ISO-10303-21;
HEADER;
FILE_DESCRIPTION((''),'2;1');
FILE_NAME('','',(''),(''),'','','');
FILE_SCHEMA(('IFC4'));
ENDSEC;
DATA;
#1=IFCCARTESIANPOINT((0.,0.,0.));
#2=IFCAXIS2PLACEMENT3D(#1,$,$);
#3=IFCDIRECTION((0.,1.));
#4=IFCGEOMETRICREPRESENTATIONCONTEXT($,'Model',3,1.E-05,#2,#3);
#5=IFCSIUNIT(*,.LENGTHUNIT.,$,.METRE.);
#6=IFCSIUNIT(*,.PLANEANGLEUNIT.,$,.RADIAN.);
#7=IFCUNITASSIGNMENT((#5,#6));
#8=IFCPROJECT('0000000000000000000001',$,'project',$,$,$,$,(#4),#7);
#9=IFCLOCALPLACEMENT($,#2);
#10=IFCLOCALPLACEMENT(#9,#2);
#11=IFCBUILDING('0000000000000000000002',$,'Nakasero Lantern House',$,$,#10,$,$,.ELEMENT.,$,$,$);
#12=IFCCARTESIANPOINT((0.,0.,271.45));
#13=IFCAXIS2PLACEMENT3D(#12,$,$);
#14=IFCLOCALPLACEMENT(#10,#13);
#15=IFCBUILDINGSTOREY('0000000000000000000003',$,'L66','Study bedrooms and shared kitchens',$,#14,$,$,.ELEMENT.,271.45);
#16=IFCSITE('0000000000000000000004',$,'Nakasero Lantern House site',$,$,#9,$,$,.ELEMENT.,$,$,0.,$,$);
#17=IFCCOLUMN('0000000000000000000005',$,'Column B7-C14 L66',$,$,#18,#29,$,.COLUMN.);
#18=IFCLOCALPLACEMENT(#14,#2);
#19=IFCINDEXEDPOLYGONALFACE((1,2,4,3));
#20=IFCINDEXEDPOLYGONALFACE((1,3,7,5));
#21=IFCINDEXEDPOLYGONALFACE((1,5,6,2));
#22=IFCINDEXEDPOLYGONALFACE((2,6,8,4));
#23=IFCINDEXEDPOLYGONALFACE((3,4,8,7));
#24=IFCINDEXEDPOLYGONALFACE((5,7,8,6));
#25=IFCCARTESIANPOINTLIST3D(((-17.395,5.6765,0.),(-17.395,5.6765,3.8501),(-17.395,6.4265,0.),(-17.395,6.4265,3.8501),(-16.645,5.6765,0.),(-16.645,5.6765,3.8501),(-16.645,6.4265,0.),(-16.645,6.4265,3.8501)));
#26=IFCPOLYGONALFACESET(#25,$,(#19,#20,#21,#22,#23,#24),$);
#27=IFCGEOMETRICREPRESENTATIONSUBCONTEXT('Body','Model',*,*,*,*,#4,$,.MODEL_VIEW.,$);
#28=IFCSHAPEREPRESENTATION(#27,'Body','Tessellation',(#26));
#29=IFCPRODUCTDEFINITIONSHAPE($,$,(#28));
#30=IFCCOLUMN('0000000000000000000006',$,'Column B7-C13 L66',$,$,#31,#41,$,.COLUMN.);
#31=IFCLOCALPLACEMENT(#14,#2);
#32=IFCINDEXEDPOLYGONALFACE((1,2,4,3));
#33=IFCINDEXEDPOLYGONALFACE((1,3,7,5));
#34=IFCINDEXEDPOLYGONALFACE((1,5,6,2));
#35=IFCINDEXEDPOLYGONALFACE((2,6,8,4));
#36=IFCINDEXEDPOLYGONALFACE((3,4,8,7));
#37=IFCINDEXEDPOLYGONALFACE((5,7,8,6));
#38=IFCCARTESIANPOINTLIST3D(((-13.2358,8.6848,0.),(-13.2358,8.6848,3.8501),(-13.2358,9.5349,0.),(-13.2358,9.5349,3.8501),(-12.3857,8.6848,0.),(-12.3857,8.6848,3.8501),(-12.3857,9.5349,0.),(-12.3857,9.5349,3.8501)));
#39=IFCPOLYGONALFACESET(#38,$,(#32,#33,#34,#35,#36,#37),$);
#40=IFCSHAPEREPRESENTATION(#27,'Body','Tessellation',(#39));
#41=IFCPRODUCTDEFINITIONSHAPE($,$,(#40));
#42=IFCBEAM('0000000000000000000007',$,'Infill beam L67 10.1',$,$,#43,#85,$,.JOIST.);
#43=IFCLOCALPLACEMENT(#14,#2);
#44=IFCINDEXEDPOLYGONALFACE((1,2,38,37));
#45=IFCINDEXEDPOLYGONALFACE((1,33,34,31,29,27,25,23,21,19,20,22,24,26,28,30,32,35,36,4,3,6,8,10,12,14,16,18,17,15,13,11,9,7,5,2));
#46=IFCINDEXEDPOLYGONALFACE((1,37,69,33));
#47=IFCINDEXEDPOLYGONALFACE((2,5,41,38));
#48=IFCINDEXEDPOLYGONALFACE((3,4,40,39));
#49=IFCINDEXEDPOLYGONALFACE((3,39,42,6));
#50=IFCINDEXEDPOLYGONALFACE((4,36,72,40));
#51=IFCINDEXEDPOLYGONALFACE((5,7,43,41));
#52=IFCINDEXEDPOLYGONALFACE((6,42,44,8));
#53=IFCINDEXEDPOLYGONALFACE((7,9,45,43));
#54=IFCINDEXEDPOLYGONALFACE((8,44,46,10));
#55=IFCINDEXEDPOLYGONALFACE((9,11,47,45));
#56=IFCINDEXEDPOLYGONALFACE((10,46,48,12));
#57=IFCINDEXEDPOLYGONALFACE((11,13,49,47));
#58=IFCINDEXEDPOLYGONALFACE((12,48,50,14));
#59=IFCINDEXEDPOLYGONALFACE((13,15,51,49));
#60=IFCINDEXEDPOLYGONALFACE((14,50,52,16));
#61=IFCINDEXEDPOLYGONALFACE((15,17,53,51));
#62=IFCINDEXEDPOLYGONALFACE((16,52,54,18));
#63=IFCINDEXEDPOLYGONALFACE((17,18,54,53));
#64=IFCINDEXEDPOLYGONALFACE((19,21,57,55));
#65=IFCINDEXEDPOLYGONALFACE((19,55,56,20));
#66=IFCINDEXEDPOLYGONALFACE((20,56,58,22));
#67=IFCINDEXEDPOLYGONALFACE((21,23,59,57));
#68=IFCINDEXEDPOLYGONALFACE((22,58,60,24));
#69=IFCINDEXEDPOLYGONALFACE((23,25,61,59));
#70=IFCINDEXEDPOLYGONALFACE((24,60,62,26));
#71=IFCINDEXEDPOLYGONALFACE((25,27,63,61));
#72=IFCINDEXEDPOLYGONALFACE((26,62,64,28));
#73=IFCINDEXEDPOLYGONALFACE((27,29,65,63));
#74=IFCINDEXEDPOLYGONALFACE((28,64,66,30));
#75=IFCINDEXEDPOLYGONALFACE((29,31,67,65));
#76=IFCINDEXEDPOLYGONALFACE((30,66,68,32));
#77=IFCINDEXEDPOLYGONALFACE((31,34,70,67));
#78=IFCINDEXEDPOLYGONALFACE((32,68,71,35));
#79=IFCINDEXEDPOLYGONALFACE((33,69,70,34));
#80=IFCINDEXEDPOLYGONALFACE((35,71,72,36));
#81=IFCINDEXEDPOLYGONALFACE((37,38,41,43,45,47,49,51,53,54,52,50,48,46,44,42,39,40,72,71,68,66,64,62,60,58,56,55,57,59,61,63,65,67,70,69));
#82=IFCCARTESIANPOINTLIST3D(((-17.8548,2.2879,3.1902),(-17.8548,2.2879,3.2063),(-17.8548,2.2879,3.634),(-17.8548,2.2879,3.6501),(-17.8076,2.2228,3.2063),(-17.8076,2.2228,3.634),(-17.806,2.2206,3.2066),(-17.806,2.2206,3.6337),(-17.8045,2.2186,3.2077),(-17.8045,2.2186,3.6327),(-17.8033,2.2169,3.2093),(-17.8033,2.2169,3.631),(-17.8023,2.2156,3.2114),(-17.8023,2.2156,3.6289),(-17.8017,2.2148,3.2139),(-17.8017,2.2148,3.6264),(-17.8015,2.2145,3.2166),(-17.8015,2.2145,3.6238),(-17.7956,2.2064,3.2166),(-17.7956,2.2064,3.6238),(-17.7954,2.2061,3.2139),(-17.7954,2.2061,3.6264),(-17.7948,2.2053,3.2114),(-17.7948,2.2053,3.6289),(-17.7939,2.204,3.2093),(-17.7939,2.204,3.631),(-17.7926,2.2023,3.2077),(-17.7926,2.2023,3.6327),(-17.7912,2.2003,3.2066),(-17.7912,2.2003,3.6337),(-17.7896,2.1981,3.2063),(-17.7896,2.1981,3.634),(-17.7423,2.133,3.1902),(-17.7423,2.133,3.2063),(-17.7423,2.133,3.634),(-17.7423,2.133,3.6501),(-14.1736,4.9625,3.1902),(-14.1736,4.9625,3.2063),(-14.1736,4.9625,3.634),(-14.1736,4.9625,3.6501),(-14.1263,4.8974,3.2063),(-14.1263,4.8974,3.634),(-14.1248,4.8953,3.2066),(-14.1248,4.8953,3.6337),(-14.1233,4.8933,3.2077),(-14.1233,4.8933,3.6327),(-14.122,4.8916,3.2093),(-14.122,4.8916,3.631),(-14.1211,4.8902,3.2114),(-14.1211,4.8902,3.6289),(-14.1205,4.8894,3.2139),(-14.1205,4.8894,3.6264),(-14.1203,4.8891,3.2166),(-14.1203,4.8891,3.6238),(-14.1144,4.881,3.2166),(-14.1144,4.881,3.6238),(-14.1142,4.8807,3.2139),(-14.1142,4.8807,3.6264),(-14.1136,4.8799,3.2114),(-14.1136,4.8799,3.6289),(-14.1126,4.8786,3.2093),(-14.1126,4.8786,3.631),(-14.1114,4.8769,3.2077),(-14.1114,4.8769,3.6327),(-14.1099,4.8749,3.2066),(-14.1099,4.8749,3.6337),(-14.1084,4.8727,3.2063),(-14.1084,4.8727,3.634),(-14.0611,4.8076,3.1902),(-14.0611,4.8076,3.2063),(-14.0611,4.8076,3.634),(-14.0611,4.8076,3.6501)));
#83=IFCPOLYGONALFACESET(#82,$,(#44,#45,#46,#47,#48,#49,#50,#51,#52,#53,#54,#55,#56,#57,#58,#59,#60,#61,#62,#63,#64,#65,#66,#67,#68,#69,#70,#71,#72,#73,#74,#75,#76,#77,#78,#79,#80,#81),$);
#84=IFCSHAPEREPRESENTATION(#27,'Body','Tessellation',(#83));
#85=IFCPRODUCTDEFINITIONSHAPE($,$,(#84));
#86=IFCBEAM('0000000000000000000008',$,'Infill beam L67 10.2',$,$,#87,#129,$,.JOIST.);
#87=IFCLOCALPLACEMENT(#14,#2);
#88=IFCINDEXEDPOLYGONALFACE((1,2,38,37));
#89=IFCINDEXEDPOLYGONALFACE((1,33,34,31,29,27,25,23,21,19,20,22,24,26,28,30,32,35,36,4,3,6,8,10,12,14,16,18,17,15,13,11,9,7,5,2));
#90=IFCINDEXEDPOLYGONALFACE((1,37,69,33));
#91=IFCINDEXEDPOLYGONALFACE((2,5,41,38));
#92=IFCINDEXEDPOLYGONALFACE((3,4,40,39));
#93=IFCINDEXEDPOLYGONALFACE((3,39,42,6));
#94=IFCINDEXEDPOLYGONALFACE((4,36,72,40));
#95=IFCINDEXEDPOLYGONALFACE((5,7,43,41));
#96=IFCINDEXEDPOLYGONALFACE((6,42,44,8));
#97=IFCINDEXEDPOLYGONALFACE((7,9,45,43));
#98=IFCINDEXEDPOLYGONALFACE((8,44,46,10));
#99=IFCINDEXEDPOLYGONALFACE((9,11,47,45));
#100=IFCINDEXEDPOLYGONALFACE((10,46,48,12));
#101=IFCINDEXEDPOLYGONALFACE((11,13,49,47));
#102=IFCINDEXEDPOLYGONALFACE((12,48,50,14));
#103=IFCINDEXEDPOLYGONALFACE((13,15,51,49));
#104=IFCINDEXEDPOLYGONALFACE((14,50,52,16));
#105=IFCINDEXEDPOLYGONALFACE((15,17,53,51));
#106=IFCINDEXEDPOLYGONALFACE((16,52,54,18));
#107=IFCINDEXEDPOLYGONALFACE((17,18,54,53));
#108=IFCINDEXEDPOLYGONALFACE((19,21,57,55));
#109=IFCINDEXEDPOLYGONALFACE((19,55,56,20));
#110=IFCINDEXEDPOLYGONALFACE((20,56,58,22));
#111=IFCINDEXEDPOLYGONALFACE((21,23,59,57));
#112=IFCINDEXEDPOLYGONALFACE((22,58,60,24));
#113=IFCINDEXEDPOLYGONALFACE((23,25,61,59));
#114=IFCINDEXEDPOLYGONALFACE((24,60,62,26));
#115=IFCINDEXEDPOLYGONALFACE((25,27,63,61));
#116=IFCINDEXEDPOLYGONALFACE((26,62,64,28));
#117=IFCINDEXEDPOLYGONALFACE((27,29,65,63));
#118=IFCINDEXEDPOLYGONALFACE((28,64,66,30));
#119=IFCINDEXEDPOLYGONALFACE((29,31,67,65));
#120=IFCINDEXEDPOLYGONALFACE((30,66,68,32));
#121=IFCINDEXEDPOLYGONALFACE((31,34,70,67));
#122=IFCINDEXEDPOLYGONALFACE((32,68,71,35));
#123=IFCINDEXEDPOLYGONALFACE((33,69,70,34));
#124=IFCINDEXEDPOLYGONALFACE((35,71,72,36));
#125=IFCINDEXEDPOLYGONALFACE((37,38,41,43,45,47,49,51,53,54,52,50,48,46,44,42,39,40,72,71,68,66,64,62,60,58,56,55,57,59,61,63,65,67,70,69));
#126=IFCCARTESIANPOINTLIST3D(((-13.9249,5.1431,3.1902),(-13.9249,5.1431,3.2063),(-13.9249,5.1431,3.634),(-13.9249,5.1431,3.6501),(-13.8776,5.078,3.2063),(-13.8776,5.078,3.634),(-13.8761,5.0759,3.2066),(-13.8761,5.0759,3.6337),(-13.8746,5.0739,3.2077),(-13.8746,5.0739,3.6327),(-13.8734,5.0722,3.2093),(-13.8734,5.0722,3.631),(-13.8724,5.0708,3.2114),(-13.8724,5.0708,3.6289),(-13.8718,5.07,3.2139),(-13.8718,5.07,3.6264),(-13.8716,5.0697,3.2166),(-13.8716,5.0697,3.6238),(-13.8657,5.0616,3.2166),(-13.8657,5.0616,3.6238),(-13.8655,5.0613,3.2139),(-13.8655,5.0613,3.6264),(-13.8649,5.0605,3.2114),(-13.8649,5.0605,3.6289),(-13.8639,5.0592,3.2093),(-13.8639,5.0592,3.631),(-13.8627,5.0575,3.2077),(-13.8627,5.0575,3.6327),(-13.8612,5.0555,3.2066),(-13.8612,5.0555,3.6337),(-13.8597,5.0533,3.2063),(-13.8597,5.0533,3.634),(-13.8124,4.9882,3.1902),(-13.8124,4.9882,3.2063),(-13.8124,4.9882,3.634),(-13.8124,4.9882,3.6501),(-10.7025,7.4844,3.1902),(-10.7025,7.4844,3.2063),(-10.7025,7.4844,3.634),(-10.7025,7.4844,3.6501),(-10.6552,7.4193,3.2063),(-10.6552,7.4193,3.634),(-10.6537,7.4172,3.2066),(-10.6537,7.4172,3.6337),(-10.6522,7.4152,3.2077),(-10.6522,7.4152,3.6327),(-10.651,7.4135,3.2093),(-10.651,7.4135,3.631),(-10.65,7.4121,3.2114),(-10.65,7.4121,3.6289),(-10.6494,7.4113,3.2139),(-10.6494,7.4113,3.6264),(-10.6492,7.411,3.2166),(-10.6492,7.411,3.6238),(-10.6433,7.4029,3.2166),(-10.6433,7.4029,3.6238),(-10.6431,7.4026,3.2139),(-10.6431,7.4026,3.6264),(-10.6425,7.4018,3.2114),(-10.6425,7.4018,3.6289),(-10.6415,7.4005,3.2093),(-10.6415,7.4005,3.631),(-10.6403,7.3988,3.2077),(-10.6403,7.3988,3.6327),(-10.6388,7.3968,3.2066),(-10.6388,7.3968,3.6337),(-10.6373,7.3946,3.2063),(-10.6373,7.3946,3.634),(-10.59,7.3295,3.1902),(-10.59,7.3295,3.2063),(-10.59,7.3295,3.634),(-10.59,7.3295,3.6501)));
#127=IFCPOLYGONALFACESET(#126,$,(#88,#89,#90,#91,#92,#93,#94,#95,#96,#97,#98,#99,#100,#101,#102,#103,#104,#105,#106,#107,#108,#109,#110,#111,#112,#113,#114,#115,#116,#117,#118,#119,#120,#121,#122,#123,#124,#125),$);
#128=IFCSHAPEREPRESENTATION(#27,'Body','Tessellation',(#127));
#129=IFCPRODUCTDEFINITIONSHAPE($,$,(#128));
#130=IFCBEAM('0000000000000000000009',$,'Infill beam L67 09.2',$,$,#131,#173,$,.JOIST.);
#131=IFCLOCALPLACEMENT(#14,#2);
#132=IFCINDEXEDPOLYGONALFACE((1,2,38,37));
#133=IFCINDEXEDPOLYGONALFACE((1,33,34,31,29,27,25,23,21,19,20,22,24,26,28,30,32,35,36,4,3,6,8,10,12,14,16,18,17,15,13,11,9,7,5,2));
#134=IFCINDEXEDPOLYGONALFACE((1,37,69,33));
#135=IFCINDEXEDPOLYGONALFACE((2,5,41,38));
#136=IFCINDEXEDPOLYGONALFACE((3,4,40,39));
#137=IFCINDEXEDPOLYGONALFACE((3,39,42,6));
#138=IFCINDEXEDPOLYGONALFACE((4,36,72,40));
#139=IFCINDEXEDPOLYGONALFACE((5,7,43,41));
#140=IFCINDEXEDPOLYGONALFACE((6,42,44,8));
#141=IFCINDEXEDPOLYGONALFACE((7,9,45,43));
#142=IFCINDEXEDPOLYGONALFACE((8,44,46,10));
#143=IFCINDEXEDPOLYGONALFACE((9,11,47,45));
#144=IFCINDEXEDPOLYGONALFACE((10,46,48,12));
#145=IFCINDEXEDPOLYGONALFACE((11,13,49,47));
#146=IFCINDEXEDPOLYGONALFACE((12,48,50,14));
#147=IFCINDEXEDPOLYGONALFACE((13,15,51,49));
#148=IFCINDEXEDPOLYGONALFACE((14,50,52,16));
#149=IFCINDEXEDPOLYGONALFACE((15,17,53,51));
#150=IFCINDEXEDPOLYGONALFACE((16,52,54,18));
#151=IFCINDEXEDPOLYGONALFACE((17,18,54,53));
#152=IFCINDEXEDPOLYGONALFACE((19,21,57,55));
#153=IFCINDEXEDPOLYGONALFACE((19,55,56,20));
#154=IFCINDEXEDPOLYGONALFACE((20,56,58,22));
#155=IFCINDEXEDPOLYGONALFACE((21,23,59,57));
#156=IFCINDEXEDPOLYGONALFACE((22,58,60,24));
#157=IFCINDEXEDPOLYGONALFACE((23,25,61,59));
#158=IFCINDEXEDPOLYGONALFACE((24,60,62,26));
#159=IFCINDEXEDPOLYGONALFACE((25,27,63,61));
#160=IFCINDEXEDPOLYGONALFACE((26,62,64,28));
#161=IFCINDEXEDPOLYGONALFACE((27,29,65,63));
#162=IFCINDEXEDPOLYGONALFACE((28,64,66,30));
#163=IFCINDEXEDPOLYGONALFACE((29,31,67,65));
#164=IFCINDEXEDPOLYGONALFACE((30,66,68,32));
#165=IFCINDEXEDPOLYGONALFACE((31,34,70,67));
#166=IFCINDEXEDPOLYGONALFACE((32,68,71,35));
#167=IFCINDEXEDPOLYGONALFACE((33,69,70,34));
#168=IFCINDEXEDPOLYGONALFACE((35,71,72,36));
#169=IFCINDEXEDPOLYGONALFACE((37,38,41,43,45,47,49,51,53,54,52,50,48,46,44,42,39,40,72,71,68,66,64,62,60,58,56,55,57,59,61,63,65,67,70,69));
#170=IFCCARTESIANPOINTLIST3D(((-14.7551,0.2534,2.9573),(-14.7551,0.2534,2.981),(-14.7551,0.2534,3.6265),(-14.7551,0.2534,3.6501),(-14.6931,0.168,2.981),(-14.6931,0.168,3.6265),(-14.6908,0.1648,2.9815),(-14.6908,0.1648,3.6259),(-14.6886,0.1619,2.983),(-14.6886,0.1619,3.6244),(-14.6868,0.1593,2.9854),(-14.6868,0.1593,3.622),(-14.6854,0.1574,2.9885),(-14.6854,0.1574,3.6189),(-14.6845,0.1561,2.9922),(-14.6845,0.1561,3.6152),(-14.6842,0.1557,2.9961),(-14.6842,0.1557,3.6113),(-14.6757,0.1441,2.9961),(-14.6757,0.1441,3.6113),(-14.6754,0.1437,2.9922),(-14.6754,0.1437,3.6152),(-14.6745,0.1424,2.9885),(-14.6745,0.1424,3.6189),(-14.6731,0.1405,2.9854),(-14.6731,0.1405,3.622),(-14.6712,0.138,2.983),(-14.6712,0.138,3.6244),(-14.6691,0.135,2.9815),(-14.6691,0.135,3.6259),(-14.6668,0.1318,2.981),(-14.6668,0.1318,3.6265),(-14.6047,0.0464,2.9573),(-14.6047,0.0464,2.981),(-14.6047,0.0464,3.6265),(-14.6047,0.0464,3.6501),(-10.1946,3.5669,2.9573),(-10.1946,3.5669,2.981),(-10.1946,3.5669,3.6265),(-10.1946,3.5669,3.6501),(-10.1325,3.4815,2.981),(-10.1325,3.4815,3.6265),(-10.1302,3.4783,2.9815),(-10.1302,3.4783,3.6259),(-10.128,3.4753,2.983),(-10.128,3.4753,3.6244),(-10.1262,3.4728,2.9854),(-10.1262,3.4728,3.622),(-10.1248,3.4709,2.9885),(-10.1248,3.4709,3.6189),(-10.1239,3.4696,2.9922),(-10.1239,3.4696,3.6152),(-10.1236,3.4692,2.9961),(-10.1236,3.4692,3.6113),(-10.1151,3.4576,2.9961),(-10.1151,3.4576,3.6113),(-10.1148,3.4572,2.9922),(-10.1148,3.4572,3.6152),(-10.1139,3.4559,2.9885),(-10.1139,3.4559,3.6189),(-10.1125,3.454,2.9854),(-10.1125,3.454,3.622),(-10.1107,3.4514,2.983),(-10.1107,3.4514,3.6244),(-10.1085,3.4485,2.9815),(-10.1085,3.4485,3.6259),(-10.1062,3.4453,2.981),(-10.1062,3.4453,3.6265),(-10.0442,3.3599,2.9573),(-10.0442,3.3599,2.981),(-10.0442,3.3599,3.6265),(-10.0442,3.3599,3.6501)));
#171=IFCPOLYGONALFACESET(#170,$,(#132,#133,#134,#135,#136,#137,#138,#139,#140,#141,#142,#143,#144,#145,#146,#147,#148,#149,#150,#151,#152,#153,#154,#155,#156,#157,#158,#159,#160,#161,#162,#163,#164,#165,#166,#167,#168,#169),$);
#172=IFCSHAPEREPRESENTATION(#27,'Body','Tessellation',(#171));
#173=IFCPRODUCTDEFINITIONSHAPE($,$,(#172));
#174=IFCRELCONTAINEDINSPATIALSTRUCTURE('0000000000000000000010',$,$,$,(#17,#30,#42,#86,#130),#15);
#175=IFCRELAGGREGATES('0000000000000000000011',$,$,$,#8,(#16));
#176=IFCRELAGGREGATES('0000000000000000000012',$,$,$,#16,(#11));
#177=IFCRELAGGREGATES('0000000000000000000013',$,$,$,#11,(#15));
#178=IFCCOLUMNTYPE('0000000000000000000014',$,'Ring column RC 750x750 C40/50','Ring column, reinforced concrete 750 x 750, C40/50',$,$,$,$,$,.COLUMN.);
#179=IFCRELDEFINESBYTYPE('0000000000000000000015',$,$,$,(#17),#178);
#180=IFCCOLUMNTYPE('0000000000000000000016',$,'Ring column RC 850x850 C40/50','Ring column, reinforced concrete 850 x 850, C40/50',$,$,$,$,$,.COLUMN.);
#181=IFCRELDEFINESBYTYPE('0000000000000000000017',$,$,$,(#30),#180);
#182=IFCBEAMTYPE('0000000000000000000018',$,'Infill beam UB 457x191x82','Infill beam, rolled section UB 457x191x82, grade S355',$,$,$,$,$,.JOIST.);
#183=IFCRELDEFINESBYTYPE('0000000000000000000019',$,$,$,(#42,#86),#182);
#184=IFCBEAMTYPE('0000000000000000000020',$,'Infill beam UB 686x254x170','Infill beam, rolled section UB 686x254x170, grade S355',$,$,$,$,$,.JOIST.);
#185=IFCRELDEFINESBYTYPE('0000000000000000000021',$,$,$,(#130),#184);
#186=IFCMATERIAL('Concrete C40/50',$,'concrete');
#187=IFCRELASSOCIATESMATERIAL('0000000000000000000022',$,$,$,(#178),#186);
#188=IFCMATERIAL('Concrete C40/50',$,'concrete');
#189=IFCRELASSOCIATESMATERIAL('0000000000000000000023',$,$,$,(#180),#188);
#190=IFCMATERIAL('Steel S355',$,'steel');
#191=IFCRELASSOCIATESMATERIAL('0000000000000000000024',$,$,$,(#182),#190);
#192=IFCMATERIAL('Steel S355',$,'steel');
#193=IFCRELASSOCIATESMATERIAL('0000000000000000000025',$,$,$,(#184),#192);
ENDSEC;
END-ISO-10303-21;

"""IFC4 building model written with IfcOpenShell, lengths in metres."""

from ifc_helpers import new_model, si_unit, direction, frame, origin, origin_2d, place, context, subcontext, project, spatial, rectangle, i_section, extrude, material, material_profile, profile_set, type_object, element, save


model = new_model("IFC4")

# Units and contexts
model_context = context("Model", 3, precision=1e-05, world=origin(), true_north=direction((0.0, 1.0)))
body_context = subcontext(model_context, "Body", "Model", "MODEL_VIEW")
ifc_project = project(units=[si_unit("LENGTHUNIT", "METRE"), si_unit("PLANEANGLEUNIT", "RADIAN")], contexts=[model_context])

# Site, building, storey
site_placement = place(None, origin())
site = spatial("IfcSite", under=ifc_project, at=site_placement, Name="Nakasero Lantern House site", CompositionType="ELEMENT", RefElevation=0.0)
building_placement = place(site_placement, origin())
building = spatial("IfcBuilding", under=site, at=building_placement, Name="Nakasero Lantern House", CompositionType="ELEMENT")
storey_placement = place(building_placement, frame((0.0, 0.0, 271.45)))
storey = spatial("IfcBuildingStorey", under=building, at=storey_placement, Name="L66", Description="Study bedrooms and shared kitchens", CompositionType="ELEMENT", Elevation=271.45)

# Columns
ifc_material_1 = material(Name="Concrete C40/50", Category="concrete")
ifc_material_profile_1 = material_profile(ifc_material_1, rectangle(XDim=0.75, YDim=0.75, at=origin_2d()), Name="RC 750x750")
ifc_profile_set_1 = profile_set([ifc_material_profile_1], Name="Concrete C40/50")
column_type_1 = type_object("IfcColumnType", Name="Ring column RC 750x750 C40/50", Description="Ring column, reinforced concrete 750 x 750, C40/50", PredefinedType="COLUMN", material=ifc_profile_set_1)
column_1_placement = place(storey_placement, frame((-17.02, 6.0515, 0.0), z_axis=(0.0, 0.0, 1.0), x_axis=(1.0, 0.0, 0.0)))
element("IfcColumn", 1, at=column_1_placement, inside=storey, type_object=column_type_1, Name="Column B7-C14 L66", PredefinedType="COLUMN", context=body_context, shape_type="SweptSolid", body=[
    extrude(rectangle(XDim=0.75, YDim=0.75, at=origin_2d()), origin(), (0.0, 0.0, 1.0), 3.8501),
])
ifc_material_2 = material(Name="Concrete C40/50", Category="concrete")
ifc_material_profile_2 = material_profile(ifc_material_2, rectangle(XDim=0.8501, YDim=0.8501, at=origin_2d()), Name="RC 850x850")
ifc_profile_set_2 = profile_set([ifc_material_profile_2], Name="Concrete C40/50")
column_type_2 = type_object("IfcColumnType", Name="Ring column RC 850x850 C40/50", Description="Ring column, reinforced concrete 850 x 850, C40/50", PredefinedType="COLUMN", material=ifc_profile_set_2)
column_2_placement = place(storey_placement, frame((-12.8108, 9.1099, 0.0), z_axis=(0.0, 0.0, 1.0), x_axis=(1.0, 0.0, 0.0)))
element("IfcColumn", 2, at=column_2_placement, inside=storey, type_object=column_type_2, Name="Column B7-C13 L66", PredefinedType="COLUMN", context=body_context, shape_type="SweptSolid", body=[
    extrude(rectangle(XDim=0.8501, YDim=0.8501, at=origin_2d()), origin(), (0.0, 0.0, 1.0), 3.8501),
])

# Beams
ifc_material_3 = material(Name="Steel S355", Category="steel")
ifc_material_profile_3 = material_profile(ifc_material_3, i_section(OverallWidth=0.1914, OverallDepth=0.46, WebThickness=0.01, FlangeThickness=0.0161, FilletRadius=0.0103, at=origin_2d()), Name="UB 457x191x82")
ifc_profile_set_3 = profile_set([ifc_material_profile_3], Name="Steel S355")
beam_type_1 = type_object("IfcBeamType", Name="Infill beam UB 457x191x82", Description="Infill beam, rolled section UB 457x191x82, grade S355", PredefinedType="JOIST", material=ifc_profile_set_3)
beam_1_placement = place(storey_placement, frame((-17.7986, 2.2104, 3.4202), z_axis=(0.809012, 0.587792, 0.0), x_axis=(-0.587792, 0.809012, 0.0)))
element("IfcBeam", 3, at=beam_1_placement, inside=storey, type_object=beam_type_1, Name="Infill beam L67 10.1", PredefinedType="JOIST", context=body_context, shape_type="SweptSolid", body=[
    extrude(i_section(OverallWidth=0.1914, OverallDepth=0.46, WebThickness=0.01, FlangeThickness=0.0161, FilletRadius=0.0103, at=origin_2d()), origin(), (0.0, 0.0, 1.0), 4.5503),
])
beam_2_placement = place(storey_placement, frame((-13.8687, 5.0657, 3.4202), z_axis=(0.809006, 0.5878, 0.0), x_axis=(-0.5878, 0.809006, 0.0)))
element("IfcBeam", 4, at=beam_2_placement, inside=storey, type_object=beam_type_1, Name="Infill beam L67 10.2", PredefinedType="JOIST", context=body_context, shape_type="SweptSolid", body=[
    extrude(i_section(OverallWidth=0.1914, OverallDepth=0.46, WebThickness=0.01, FlangeThickness=0.0161, FilletRadius=0.0103, at=origin_2d()), origin(), (0.0, 0.0, 1.0), 3.9832),
])
ifc_material_4 = material(Name="Steel S355", Category="steel")
ifc_material_profile_4 = material_profile(ifc_material_4, i_section(OverallWidth=0.2559, OverallDepth=0.6929, WebThickness=0.0144, FlangeThickness=0.0237, FilletRadius=0.0151, at=origin_2d()), Name="UB 686x254x170")
ifc_profile_set_4 = profile_set([ifc_material_profile_4], Name="Steel S355")
beam_type_2 = type_object("IfcBeamType", Name="Infill beam UB 686x254x170", Description="Infill beam, rolled section UB 686x254x170, grade S355", PredefinedType="JOIST", material=ifc_profile_set_4)
beam_3_placement = place(storey_placement, frame((-14.6799, 0.1499, 3.3037), z_axis=(0.809013, 0.587791, 0.0), x_axis=(-0.587791, 0.809013, 0.0)))
element("IfcBeam", 5, at=beam_3_placement, inside=storey, type_object=beam_type_2, Name="Infill beam L67 09.2", PredefinedType="JOIST", context=body_context, shape_type="SweptSolid", body=[
    extrude(i_section(OverallWidth=0.2559, OverallDepth=0.6929, WebThickness=0.0144, FlangeThickness=0.0237, FilletRadius=0.0151, at=origin_2d()), origin(), (0.0, 0.0, 1.0), 5.6372),
])

save(model, "model.ifc")
